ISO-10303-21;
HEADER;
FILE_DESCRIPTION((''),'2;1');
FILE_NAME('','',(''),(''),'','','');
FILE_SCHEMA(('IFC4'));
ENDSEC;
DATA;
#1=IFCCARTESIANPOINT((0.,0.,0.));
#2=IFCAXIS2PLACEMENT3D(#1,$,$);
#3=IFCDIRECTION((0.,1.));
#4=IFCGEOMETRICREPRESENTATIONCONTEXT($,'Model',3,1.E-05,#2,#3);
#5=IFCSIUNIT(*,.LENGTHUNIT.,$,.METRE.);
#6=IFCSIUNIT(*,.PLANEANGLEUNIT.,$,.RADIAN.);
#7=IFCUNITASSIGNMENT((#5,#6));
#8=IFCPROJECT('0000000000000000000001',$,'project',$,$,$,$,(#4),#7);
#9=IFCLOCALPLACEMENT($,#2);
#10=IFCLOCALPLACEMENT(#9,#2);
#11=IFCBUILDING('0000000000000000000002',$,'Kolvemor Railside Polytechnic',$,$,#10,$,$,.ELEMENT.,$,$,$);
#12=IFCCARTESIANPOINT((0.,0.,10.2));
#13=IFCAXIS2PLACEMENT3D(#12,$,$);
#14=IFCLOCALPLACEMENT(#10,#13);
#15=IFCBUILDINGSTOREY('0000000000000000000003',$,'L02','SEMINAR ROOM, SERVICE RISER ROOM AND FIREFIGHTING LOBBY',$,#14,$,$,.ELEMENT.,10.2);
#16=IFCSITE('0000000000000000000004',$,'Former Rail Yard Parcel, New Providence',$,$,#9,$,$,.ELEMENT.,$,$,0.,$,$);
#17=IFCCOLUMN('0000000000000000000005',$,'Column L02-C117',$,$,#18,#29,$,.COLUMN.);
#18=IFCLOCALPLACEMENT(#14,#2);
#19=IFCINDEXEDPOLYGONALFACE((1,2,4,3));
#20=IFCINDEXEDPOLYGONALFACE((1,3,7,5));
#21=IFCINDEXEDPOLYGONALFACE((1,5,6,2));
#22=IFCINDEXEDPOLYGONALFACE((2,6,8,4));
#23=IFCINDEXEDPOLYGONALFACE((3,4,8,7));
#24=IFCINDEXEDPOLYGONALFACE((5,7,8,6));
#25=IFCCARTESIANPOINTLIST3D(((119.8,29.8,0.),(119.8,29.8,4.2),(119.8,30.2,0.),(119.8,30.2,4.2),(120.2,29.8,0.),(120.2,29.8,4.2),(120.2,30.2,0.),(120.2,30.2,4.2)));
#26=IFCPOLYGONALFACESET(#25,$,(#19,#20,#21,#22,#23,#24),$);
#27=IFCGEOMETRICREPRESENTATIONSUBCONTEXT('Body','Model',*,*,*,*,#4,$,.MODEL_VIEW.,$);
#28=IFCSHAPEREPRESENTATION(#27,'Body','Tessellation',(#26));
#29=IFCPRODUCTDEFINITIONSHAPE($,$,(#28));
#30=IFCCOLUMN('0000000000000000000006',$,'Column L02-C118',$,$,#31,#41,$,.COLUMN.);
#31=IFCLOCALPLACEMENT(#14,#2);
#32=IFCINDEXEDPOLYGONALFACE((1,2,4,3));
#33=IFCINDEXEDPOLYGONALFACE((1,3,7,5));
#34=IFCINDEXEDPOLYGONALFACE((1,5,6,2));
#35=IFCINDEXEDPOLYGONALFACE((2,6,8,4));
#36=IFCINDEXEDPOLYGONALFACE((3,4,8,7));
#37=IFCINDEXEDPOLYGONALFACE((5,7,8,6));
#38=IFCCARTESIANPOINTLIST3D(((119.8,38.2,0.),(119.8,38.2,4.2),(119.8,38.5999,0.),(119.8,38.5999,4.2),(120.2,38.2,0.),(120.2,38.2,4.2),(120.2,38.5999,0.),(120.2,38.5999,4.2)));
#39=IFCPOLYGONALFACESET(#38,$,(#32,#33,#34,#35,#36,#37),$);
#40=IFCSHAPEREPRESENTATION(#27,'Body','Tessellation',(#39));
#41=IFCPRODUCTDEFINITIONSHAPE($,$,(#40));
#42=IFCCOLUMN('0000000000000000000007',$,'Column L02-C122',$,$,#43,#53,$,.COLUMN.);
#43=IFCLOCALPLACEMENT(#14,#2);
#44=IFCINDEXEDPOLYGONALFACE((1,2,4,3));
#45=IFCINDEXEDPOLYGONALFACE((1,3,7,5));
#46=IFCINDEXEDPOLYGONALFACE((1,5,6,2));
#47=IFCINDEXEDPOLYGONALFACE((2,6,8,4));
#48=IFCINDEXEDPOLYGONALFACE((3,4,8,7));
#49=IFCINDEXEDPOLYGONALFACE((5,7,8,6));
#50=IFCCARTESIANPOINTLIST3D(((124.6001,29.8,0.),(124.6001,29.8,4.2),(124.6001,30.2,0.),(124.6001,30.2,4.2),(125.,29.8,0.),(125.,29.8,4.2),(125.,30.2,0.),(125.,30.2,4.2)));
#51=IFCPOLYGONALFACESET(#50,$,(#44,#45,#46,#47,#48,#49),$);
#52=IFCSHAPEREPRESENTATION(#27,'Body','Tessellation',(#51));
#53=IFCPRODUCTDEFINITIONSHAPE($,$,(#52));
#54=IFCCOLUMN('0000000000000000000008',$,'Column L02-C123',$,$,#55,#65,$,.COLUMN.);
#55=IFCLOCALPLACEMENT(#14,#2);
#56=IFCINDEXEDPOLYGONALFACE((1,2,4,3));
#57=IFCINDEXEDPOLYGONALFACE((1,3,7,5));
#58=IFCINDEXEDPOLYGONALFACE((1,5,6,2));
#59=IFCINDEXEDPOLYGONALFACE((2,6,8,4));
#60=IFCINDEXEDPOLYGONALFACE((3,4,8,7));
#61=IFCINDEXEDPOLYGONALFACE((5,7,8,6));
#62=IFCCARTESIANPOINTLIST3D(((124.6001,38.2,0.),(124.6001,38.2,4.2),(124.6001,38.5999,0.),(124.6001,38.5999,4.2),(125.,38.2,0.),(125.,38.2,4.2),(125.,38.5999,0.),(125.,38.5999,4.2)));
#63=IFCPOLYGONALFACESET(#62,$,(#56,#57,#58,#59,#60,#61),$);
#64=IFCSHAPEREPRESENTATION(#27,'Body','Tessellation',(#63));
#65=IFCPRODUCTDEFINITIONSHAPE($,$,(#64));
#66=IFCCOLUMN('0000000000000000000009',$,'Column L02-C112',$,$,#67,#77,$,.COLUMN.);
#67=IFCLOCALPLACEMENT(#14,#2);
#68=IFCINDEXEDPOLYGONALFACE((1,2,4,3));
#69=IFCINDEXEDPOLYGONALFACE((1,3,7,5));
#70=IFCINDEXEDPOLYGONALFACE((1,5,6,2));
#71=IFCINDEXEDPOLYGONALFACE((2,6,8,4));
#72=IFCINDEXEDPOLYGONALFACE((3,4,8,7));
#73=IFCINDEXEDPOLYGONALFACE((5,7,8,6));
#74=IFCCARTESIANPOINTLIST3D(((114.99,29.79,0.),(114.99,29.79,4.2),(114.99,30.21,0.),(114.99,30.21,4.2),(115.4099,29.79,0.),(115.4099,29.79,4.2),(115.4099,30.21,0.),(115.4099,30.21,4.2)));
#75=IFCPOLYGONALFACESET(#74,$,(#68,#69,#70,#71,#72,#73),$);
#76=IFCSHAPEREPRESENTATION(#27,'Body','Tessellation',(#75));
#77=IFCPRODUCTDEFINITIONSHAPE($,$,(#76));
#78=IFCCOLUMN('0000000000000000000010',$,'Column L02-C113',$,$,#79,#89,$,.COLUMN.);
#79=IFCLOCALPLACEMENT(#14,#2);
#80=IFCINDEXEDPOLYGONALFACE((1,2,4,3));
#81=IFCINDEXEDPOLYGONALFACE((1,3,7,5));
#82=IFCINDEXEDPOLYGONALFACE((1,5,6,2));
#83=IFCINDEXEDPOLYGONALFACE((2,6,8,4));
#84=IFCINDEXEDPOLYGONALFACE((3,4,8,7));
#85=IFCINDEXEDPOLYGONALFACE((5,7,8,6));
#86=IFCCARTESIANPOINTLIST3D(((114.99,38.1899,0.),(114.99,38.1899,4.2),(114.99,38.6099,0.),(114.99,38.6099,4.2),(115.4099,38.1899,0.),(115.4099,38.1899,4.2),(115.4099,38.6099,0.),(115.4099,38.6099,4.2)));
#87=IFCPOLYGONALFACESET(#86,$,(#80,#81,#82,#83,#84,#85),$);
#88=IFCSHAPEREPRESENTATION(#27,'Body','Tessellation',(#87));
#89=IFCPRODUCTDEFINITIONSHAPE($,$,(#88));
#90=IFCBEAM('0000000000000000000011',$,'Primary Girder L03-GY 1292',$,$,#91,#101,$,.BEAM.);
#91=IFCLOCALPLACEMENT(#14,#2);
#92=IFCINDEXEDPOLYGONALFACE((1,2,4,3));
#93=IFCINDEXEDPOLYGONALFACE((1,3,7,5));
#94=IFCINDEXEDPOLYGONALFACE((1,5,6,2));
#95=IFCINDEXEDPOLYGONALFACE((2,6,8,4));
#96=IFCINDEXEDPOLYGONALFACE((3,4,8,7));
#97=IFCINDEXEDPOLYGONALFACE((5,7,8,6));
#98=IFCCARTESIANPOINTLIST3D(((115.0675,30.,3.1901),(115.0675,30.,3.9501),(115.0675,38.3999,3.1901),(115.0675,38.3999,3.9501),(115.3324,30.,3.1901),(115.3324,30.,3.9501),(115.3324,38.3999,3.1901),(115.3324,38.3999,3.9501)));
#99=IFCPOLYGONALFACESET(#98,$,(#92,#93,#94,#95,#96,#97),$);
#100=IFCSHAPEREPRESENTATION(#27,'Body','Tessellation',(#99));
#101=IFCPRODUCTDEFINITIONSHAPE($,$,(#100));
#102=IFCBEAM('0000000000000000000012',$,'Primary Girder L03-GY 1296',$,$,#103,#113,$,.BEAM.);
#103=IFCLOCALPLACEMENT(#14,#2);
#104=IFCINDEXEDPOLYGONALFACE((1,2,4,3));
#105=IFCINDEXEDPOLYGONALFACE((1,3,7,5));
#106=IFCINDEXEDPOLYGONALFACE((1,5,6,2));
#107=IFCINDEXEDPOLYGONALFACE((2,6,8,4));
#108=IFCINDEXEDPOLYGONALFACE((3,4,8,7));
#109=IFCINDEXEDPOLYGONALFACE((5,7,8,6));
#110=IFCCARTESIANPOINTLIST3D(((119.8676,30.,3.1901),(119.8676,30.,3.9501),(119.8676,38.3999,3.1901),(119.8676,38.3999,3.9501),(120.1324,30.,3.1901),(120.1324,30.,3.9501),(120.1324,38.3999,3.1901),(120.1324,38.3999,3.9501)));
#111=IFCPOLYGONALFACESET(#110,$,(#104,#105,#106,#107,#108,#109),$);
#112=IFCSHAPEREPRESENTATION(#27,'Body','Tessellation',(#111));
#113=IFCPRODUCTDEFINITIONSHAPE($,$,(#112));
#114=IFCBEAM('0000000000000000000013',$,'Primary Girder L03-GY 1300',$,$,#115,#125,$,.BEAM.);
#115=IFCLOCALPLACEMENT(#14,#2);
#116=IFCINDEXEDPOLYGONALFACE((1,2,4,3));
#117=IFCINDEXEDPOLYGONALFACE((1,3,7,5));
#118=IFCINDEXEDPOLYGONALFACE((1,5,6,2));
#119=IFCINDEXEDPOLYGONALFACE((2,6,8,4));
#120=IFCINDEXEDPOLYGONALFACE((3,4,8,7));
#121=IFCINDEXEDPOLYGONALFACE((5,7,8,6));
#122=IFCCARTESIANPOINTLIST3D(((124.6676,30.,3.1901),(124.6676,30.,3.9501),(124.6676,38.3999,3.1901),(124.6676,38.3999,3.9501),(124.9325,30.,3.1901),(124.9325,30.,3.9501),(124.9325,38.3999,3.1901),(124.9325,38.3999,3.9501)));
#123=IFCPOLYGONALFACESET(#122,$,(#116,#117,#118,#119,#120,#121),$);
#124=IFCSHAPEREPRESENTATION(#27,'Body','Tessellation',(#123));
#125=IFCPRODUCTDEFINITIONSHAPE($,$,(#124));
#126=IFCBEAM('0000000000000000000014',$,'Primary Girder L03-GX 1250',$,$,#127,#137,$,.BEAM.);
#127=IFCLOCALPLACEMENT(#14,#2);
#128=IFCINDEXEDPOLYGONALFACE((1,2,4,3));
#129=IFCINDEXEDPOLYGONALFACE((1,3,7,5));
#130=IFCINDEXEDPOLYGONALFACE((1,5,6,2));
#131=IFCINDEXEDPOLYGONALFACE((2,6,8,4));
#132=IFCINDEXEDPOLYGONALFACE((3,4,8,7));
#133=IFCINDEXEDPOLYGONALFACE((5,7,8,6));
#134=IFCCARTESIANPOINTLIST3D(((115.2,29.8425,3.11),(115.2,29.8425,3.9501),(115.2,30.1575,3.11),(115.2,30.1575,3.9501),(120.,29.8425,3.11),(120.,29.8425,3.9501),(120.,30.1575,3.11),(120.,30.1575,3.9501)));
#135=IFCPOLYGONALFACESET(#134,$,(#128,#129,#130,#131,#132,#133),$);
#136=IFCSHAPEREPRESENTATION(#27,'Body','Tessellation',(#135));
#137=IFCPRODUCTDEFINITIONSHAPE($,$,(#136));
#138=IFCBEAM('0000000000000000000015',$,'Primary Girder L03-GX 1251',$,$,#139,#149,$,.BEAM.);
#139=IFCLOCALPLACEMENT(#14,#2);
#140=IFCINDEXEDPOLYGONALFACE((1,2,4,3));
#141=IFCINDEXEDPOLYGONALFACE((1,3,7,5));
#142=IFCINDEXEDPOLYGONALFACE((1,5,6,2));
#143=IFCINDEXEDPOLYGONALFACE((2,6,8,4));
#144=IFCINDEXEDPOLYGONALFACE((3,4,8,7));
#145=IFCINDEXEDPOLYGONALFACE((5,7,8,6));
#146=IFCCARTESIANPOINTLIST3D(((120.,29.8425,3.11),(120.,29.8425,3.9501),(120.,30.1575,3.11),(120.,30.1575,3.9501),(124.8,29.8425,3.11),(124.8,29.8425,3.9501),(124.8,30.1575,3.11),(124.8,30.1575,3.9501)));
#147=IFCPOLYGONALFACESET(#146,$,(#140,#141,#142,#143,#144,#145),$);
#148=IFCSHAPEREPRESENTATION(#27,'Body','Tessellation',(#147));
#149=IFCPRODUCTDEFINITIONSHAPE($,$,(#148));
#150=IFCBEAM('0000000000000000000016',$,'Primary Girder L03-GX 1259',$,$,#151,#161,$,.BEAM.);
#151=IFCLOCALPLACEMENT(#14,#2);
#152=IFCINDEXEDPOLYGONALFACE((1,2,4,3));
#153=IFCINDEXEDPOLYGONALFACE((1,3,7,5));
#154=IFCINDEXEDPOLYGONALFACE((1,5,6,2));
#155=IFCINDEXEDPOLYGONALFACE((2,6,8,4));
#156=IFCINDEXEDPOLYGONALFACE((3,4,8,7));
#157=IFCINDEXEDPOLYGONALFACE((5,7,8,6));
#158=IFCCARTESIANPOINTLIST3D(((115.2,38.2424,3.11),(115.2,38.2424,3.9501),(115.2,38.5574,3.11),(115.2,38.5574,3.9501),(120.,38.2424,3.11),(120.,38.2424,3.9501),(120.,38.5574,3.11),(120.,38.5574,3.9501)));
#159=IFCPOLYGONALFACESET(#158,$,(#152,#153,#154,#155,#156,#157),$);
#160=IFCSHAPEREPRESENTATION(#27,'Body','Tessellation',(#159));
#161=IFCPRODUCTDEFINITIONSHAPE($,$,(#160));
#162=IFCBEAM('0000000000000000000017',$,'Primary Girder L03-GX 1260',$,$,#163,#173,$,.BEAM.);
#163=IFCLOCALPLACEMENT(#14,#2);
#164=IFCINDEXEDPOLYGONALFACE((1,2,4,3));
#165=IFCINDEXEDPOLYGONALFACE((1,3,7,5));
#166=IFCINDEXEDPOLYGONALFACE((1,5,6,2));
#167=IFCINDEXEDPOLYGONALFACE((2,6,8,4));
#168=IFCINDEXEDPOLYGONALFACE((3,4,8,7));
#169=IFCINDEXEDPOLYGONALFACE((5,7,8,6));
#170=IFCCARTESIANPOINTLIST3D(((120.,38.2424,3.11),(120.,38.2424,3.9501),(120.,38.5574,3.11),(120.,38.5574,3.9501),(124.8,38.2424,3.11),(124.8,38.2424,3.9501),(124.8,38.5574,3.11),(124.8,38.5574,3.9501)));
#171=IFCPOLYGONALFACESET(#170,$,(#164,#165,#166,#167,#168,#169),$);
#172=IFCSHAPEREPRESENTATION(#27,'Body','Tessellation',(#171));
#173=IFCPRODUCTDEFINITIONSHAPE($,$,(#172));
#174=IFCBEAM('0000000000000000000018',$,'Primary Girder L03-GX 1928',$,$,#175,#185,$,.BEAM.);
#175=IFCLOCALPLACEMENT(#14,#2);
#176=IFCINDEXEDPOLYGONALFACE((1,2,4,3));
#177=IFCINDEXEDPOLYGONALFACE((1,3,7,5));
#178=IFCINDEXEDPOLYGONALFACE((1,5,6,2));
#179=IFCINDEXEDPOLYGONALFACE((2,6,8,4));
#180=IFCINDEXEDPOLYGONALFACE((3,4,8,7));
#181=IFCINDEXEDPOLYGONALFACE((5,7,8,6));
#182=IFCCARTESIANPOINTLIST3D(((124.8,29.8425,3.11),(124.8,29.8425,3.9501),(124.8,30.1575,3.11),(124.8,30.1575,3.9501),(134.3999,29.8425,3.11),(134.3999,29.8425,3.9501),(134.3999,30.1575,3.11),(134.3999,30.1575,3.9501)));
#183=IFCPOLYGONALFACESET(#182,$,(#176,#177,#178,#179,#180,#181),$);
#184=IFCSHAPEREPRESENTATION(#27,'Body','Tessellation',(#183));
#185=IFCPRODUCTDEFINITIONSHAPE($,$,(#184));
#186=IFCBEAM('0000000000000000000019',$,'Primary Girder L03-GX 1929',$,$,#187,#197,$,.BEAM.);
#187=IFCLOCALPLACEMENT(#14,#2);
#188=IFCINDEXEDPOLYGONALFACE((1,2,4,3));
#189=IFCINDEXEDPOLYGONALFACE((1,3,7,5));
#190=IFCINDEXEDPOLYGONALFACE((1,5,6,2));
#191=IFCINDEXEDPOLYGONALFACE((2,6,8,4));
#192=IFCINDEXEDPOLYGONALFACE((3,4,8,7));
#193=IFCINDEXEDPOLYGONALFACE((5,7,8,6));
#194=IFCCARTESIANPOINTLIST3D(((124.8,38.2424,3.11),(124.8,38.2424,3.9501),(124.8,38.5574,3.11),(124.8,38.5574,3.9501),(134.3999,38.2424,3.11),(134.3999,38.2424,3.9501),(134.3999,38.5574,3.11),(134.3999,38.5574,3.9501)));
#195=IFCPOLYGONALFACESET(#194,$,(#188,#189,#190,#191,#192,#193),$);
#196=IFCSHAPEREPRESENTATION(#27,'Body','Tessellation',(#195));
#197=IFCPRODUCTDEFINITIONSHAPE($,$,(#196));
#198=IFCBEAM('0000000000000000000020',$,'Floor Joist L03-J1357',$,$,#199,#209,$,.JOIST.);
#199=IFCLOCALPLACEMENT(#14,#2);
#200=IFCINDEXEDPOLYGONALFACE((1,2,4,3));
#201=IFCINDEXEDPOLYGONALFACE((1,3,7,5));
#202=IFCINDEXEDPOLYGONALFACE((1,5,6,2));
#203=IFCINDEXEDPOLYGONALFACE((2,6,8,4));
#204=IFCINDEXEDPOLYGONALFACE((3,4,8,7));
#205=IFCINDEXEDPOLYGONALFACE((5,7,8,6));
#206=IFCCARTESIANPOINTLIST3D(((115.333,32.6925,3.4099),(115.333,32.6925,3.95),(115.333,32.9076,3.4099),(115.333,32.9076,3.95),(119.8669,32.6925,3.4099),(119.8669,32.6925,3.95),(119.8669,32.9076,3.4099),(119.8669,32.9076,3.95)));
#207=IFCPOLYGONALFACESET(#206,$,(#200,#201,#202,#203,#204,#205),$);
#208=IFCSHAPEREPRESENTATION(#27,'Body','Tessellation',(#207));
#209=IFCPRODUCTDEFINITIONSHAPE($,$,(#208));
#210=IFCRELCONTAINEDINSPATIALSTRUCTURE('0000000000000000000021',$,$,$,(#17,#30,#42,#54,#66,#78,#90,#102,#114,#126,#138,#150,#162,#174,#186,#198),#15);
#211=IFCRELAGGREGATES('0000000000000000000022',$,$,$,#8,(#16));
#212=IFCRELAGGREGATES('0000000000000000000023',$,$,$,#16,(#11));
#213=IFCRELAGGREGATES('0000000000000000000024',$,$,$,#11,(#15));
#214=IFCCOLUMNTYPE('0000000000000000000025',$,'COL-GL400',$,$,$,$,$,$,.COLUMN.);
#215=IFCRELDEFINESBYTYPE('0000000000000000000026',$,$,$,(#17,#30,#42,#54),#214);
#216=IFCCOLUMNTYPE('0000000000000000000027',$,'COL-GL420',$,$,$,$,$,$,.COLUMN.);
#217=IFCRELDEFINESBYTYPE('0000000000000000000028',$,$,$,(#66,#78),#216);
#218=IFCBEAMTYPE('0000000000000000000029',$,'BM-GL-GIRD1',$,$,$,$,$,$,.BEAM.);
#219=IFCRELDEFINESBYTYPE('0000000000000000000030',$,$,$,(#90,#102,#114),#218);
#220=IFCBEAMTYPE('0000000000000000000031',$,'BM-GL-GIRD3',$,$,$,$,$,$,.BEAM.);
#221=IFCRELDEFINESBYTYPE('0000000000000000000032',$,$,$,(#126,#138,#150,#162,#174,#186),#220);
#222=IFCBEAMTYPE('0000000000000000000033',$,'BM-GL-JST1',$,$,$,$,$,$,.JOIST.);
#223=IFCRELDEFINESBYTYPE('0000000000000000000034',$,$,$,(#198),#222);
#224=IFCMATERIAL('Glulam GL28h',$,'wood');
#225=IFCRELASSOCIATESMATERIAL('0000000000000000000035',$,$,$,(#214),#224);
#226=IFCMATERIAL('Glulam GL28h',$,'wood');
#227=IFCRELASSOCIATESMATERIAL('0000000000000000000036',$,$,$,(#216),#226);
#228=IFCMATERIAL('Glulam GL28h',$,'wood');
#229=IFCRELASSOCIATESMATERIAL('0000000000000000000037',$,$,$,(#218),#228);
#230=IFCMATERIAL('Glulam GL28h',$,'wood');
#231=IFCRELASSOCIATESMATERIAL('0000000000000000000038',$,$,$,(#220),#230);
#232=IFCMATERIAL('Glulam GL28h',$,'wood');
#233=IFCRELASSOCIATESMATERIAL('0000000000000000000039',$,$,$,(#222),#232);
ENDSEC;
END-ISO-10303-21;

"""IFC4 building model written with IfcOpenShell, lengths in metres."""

from ifc_helpers import new_model, si_unit, direction, frame, origin, origin_2d, place, context, subcontext, project, spatial, rectangle, extrude, material, material_profile, profile_set, type_object, element, save


model = new_model("IFC4")

# Units and contexts
model_context = context("Model", 3, precision=1e-05, world=origin(), true_north=direction((0.0, 1.0)))
body_context = subcontext(model_context, "Body", "Model", "MODEL_VIEW")
ifc_project = project(units=[si_unit("LENGTHUNIT", "METRE"), si_unit("PLANEANGLEUNIT", "RADIAN")], contexts=[model_context])

# Site, building, storey
site_placement = place(None, origin())
site = spatial("IfcSite", under=ifc_project, at=site_placement, Name="Former Rail Yard Parcel, New Providence", CompositionType="ELEMENT", RefElevation=0.0)
building_placement = place(site_placement, origin())
building = spatial("IfcBuilding", under=site, at=building_placement, Name="Kolvemor Railside Polytechnic", CompositionType="ELEMENT")
storey_placement = place(building_placement, frame((0.0, 0.0, 10.2)))
storey = spatial("IfcBuildingStorey", under=building, at=storey_placement, Name="L02", Description="SEMINAR ROOM, SERVICE RISER ROOM AND FIREFIGHTING LOBBY", CompositionType="ELEMENT", Elevation=10.2)

# Columns
ifc_material_1 = material(Name="Glulam GL28h", Category="wood")
ifc_material_profile_1 = material_profile(ifc_material_1, rectangle(XDim=0.3999, YDim=0.3999, at=origin_2d()), Name="GL400x400")
ifc_profile_set_1 = profile_set([ifc_material_profile_1], Name="Glulam GL28h")
column_type_1 = type_object("IfcColumnType", Name="COL-GL400", PredefinedType="COLUMN", material=ifc_profile_set_1)
for number, where, z_axis, x_axis, name in (
    (1, (120.0, 30.0, 0.0), (0.0, 0.0, 1.0), (1.0, 0.0, 0.0), "Column L02-C117"),
    (2, (120.0, 38.3999, 0.0), (0.0, 0.0, 1.0), (1.0, 0.0, 0.0), "Column L02-C118"),
    (3, (124.8, 30.0, 0.0), (0.0, 0.0, 1.0), (1.0, 0.0, 0.0), "Column L02-C122"),
    (4, (124.8, 38.3999, 0.0), (0.0, 0.0, 1.0), (1.0, 0.0, 0.0), "Column L02-C123"),
):
    element("IfcColumn", number, at=place(storey_placement, frame(where, z_axis=z_axis, x_axis=x_axis)), inside=storey, type_object=column_type_1, Name=name, PredefinedType="COLUMN", context=body_context, shape_type="SweptSolid", body=[
        extrude(rectangle(XDim=0.3999, YDim=0.3999, at=origin_2d()), origin(), (0.0, 0.0, 1.0), 4.2),
    ])
ifc_material_2 = material(Name="Glulam GL28h", Category="wood")
ifc_material_profile_2 = material_profile(ifc_material_2, rectangle(XDim=0.4199, YDim=0.4199, at=origin_2d()), Name="GL420x420")
ifc_profile_set_2 = profile_set([ifc_material_profile_2], Name="Glulam GL28h")
column_type_2 = type_object("IfcColumnType", Name="COL-GL420", PredefinedType="COLUMN", material=ifc_profile_set_2)
for number, where, z_axis, x_axis, name in (
    (5, (115.2, 30.0, 0.0), (0.0, 0.0, 1.0), (1.0, 0.0, 0.0), "Column L02-C112"),
    (6, (115.2, 38.3999, 0.0), (0.0, 0.0, 1.0), (1.0, 0.0, 0.0), "Column L02-C113"),
):
    element("IfcColumn", number, at=place(storey_placement, frame(where, z_axis=z_axis, x_axis=x_axis)), inside=storey, type_object=column_type_2, Name=name, PredefinedType="COLUMN", context=body_context, shape_type="SweptSolid", body=[
        extrude(rectangle(XDim=0.4199, YDim=0.4199, at=origin_2d()), origin(), (0.0, 0.0, 1.0), 4.2),
    ])

# Beams
ifc_material_3 = material(Name="Glulam GL28h", Category="wood")
ifc_material_profile_3 = material_profile(ifc_material_3, rectangle(XDim=0.2649, YDim=0.76, at=origin_2d()), Name="GL265x760")
ifc_profile_set_3 = profile_set([ifc_material_profile_3], Name="Glulam GL28h")
beam_type_1 = type_object("IfcBeamType", Name="BM-GL-GIRD1", PredefinedType="BEAM", material=ifc_profile_set_3)
for number, where, z_axis, x_axis, name in (
    (7, (115.2, 30.0, 3.5701), (0.0, 1.0, 0.0), (-1.0, 0.0, 0.0), "Primary Girder L03-GY 1292"),
    (8, (120.0, 30.0, 3.5701), (0.0, 1.0, 0.0), (-1.0, 0.0, 0.0), "Primary Girder L03-GY 1296"),
    (9, (124.8, 30.0, 3.5701), (0.0, 1.0, 0.0), (-1.0, 0.0, 0.0), "Primary Girder L03-GY 1300"),
):
    element("IfcBeam", number, at=place(storey_placement, frame(where, z_axis=z_axis, x_axis=x_axis)), inside=storey, type_object=beam_type_1, Name=name, PredefinedType="BEAM", context=body_context, shape_type="SweptSolid", body=[
        extrude(rectangle(XDim=0.2649, YDim=0.76, at=origin_2d()), origin(), (0.0, 0.0, 1.0), 8.3999),
    ])
ifc_material_4 = material(Name="Glulam GL28h", Category="wood")
ifc_material_profile_4 = material_profile(ifc_material_4, rectangle(XDim=0.3149, YDim=0.8401, at=origin_2d()), Name="GL315x840")
ifc_profile_set_4 = profile_set([ifc_material_profile_4], Name="Glulam GL28h")
beam_type_2 = type_object("IfcBeamType", Name="BM-GL-GIRD3", PredefinedType="BEAM", material=ifc_profile_set_4)
for number, where, z_axis, x_axis, name in (
    (10, (115.2, 30.0, 3.53), (1.0, 0.0, 0.0), (0.0, 1.0, 0.0), "Primary Girder L03-GX 1250"),
    (11, (120.0, 30.0, 3.53), (1.0, 0.0, 0.0), (0.0, 1.0, 0.0), "Primary Girder L03-GX 1251"),
    (12, (115.2, 38.3999, 3.53), (1.0, 0.0, 0.0), (0.0, 1.0, 0.0), "Primary Girder L03-GX 1259"),
    (13, (120.0, 38.3999, 3.53), (1.0, 0.0, 0.0), (0.0, 1.0, 0.0), "Primary Girder L03-GX 1260"),
):
    element("IfcBeam", number, at=place(storey_placement, frame(where, z_axis=z_axis, x_axis=x_axis)), inside=storey, type_object=beam_type_2, Name=name, PredefinedType="BEAM", context=body_context, shape_type="SweptSolid", body=[
        extrude(rectangle(XDim=0.3149, YDim=0.8401, at=origin_2d()), origin(), (0.0, 0.0, 1.0), 4.8),
    ])
for number, where, z_axis, x_axis, name in (
    (14, (124.8, 30.0, 3.53), (1.0, 0.0, 0.0), (0.0, 1.0, 0.0), "Primary Girder L03-GX 1928"),
    (15, (124.8, 38.3999, 3.53), (1.0, 0.0, 0.0), (0.0, 1.0, 0.0), "Primary Girder L03-GX 1929"),
):
    element("IfcBeam", number, at=place(storey_placement, frame(where, z_axis=z_axis, x_axis=x_axis)), inside=storey, type_object=beam_type_2, Name=name, PredefinedType="BEAM", context=body_context, shape_type="SweptSolid", body=[
        extrude(rectangle(XDim=0.3149, YDim=0.8401, at=origin_2d()), origin(), (0.0, 0.0, 1.0), 9.5999),
    ])
ifc_material_5 = material(Name="Glulam GL28h", Category="wood")
ifc_material_profile_5 = material_profile(ifc_material_5, rectangle(XDim=0.2151, YDim=0.54, at=origin_2d()), Name="GL215x540")
ifc_profile_set_5 = profile_set([ifc_material_profile_5], Name="Glulam GL28h")
beam_type_3 = type_object("IfcBeamType", Name="BM-GL-JST1", PredefinedType="JOIST", material=ifc_profile_set_5)
for number, where, z_axis, x_axis, name in (
    (16, (115.333, 32.8, 3.6799), (1.0, 0.0, 0.0), (0.0, 1.0, 0.0), "Floor Joist L03-J1357"),
):
    element("IfcBeam", number, at=place(storey_placement, frame(where, z_axis=z_axis, x_axis=x_axis)), inside=storey, type_object=beam_type_3, Name=name, PredefinedType="JOIST", context=body_context, shape_type="SweptSolid", body=[
        extrude(rectangle(XDim=0.2151, YDim=0.54, at=origin_2d()), origin(), (0.0, 0.0, 1.0), 4.5339),
    ])

save(model, "model.ifc")
